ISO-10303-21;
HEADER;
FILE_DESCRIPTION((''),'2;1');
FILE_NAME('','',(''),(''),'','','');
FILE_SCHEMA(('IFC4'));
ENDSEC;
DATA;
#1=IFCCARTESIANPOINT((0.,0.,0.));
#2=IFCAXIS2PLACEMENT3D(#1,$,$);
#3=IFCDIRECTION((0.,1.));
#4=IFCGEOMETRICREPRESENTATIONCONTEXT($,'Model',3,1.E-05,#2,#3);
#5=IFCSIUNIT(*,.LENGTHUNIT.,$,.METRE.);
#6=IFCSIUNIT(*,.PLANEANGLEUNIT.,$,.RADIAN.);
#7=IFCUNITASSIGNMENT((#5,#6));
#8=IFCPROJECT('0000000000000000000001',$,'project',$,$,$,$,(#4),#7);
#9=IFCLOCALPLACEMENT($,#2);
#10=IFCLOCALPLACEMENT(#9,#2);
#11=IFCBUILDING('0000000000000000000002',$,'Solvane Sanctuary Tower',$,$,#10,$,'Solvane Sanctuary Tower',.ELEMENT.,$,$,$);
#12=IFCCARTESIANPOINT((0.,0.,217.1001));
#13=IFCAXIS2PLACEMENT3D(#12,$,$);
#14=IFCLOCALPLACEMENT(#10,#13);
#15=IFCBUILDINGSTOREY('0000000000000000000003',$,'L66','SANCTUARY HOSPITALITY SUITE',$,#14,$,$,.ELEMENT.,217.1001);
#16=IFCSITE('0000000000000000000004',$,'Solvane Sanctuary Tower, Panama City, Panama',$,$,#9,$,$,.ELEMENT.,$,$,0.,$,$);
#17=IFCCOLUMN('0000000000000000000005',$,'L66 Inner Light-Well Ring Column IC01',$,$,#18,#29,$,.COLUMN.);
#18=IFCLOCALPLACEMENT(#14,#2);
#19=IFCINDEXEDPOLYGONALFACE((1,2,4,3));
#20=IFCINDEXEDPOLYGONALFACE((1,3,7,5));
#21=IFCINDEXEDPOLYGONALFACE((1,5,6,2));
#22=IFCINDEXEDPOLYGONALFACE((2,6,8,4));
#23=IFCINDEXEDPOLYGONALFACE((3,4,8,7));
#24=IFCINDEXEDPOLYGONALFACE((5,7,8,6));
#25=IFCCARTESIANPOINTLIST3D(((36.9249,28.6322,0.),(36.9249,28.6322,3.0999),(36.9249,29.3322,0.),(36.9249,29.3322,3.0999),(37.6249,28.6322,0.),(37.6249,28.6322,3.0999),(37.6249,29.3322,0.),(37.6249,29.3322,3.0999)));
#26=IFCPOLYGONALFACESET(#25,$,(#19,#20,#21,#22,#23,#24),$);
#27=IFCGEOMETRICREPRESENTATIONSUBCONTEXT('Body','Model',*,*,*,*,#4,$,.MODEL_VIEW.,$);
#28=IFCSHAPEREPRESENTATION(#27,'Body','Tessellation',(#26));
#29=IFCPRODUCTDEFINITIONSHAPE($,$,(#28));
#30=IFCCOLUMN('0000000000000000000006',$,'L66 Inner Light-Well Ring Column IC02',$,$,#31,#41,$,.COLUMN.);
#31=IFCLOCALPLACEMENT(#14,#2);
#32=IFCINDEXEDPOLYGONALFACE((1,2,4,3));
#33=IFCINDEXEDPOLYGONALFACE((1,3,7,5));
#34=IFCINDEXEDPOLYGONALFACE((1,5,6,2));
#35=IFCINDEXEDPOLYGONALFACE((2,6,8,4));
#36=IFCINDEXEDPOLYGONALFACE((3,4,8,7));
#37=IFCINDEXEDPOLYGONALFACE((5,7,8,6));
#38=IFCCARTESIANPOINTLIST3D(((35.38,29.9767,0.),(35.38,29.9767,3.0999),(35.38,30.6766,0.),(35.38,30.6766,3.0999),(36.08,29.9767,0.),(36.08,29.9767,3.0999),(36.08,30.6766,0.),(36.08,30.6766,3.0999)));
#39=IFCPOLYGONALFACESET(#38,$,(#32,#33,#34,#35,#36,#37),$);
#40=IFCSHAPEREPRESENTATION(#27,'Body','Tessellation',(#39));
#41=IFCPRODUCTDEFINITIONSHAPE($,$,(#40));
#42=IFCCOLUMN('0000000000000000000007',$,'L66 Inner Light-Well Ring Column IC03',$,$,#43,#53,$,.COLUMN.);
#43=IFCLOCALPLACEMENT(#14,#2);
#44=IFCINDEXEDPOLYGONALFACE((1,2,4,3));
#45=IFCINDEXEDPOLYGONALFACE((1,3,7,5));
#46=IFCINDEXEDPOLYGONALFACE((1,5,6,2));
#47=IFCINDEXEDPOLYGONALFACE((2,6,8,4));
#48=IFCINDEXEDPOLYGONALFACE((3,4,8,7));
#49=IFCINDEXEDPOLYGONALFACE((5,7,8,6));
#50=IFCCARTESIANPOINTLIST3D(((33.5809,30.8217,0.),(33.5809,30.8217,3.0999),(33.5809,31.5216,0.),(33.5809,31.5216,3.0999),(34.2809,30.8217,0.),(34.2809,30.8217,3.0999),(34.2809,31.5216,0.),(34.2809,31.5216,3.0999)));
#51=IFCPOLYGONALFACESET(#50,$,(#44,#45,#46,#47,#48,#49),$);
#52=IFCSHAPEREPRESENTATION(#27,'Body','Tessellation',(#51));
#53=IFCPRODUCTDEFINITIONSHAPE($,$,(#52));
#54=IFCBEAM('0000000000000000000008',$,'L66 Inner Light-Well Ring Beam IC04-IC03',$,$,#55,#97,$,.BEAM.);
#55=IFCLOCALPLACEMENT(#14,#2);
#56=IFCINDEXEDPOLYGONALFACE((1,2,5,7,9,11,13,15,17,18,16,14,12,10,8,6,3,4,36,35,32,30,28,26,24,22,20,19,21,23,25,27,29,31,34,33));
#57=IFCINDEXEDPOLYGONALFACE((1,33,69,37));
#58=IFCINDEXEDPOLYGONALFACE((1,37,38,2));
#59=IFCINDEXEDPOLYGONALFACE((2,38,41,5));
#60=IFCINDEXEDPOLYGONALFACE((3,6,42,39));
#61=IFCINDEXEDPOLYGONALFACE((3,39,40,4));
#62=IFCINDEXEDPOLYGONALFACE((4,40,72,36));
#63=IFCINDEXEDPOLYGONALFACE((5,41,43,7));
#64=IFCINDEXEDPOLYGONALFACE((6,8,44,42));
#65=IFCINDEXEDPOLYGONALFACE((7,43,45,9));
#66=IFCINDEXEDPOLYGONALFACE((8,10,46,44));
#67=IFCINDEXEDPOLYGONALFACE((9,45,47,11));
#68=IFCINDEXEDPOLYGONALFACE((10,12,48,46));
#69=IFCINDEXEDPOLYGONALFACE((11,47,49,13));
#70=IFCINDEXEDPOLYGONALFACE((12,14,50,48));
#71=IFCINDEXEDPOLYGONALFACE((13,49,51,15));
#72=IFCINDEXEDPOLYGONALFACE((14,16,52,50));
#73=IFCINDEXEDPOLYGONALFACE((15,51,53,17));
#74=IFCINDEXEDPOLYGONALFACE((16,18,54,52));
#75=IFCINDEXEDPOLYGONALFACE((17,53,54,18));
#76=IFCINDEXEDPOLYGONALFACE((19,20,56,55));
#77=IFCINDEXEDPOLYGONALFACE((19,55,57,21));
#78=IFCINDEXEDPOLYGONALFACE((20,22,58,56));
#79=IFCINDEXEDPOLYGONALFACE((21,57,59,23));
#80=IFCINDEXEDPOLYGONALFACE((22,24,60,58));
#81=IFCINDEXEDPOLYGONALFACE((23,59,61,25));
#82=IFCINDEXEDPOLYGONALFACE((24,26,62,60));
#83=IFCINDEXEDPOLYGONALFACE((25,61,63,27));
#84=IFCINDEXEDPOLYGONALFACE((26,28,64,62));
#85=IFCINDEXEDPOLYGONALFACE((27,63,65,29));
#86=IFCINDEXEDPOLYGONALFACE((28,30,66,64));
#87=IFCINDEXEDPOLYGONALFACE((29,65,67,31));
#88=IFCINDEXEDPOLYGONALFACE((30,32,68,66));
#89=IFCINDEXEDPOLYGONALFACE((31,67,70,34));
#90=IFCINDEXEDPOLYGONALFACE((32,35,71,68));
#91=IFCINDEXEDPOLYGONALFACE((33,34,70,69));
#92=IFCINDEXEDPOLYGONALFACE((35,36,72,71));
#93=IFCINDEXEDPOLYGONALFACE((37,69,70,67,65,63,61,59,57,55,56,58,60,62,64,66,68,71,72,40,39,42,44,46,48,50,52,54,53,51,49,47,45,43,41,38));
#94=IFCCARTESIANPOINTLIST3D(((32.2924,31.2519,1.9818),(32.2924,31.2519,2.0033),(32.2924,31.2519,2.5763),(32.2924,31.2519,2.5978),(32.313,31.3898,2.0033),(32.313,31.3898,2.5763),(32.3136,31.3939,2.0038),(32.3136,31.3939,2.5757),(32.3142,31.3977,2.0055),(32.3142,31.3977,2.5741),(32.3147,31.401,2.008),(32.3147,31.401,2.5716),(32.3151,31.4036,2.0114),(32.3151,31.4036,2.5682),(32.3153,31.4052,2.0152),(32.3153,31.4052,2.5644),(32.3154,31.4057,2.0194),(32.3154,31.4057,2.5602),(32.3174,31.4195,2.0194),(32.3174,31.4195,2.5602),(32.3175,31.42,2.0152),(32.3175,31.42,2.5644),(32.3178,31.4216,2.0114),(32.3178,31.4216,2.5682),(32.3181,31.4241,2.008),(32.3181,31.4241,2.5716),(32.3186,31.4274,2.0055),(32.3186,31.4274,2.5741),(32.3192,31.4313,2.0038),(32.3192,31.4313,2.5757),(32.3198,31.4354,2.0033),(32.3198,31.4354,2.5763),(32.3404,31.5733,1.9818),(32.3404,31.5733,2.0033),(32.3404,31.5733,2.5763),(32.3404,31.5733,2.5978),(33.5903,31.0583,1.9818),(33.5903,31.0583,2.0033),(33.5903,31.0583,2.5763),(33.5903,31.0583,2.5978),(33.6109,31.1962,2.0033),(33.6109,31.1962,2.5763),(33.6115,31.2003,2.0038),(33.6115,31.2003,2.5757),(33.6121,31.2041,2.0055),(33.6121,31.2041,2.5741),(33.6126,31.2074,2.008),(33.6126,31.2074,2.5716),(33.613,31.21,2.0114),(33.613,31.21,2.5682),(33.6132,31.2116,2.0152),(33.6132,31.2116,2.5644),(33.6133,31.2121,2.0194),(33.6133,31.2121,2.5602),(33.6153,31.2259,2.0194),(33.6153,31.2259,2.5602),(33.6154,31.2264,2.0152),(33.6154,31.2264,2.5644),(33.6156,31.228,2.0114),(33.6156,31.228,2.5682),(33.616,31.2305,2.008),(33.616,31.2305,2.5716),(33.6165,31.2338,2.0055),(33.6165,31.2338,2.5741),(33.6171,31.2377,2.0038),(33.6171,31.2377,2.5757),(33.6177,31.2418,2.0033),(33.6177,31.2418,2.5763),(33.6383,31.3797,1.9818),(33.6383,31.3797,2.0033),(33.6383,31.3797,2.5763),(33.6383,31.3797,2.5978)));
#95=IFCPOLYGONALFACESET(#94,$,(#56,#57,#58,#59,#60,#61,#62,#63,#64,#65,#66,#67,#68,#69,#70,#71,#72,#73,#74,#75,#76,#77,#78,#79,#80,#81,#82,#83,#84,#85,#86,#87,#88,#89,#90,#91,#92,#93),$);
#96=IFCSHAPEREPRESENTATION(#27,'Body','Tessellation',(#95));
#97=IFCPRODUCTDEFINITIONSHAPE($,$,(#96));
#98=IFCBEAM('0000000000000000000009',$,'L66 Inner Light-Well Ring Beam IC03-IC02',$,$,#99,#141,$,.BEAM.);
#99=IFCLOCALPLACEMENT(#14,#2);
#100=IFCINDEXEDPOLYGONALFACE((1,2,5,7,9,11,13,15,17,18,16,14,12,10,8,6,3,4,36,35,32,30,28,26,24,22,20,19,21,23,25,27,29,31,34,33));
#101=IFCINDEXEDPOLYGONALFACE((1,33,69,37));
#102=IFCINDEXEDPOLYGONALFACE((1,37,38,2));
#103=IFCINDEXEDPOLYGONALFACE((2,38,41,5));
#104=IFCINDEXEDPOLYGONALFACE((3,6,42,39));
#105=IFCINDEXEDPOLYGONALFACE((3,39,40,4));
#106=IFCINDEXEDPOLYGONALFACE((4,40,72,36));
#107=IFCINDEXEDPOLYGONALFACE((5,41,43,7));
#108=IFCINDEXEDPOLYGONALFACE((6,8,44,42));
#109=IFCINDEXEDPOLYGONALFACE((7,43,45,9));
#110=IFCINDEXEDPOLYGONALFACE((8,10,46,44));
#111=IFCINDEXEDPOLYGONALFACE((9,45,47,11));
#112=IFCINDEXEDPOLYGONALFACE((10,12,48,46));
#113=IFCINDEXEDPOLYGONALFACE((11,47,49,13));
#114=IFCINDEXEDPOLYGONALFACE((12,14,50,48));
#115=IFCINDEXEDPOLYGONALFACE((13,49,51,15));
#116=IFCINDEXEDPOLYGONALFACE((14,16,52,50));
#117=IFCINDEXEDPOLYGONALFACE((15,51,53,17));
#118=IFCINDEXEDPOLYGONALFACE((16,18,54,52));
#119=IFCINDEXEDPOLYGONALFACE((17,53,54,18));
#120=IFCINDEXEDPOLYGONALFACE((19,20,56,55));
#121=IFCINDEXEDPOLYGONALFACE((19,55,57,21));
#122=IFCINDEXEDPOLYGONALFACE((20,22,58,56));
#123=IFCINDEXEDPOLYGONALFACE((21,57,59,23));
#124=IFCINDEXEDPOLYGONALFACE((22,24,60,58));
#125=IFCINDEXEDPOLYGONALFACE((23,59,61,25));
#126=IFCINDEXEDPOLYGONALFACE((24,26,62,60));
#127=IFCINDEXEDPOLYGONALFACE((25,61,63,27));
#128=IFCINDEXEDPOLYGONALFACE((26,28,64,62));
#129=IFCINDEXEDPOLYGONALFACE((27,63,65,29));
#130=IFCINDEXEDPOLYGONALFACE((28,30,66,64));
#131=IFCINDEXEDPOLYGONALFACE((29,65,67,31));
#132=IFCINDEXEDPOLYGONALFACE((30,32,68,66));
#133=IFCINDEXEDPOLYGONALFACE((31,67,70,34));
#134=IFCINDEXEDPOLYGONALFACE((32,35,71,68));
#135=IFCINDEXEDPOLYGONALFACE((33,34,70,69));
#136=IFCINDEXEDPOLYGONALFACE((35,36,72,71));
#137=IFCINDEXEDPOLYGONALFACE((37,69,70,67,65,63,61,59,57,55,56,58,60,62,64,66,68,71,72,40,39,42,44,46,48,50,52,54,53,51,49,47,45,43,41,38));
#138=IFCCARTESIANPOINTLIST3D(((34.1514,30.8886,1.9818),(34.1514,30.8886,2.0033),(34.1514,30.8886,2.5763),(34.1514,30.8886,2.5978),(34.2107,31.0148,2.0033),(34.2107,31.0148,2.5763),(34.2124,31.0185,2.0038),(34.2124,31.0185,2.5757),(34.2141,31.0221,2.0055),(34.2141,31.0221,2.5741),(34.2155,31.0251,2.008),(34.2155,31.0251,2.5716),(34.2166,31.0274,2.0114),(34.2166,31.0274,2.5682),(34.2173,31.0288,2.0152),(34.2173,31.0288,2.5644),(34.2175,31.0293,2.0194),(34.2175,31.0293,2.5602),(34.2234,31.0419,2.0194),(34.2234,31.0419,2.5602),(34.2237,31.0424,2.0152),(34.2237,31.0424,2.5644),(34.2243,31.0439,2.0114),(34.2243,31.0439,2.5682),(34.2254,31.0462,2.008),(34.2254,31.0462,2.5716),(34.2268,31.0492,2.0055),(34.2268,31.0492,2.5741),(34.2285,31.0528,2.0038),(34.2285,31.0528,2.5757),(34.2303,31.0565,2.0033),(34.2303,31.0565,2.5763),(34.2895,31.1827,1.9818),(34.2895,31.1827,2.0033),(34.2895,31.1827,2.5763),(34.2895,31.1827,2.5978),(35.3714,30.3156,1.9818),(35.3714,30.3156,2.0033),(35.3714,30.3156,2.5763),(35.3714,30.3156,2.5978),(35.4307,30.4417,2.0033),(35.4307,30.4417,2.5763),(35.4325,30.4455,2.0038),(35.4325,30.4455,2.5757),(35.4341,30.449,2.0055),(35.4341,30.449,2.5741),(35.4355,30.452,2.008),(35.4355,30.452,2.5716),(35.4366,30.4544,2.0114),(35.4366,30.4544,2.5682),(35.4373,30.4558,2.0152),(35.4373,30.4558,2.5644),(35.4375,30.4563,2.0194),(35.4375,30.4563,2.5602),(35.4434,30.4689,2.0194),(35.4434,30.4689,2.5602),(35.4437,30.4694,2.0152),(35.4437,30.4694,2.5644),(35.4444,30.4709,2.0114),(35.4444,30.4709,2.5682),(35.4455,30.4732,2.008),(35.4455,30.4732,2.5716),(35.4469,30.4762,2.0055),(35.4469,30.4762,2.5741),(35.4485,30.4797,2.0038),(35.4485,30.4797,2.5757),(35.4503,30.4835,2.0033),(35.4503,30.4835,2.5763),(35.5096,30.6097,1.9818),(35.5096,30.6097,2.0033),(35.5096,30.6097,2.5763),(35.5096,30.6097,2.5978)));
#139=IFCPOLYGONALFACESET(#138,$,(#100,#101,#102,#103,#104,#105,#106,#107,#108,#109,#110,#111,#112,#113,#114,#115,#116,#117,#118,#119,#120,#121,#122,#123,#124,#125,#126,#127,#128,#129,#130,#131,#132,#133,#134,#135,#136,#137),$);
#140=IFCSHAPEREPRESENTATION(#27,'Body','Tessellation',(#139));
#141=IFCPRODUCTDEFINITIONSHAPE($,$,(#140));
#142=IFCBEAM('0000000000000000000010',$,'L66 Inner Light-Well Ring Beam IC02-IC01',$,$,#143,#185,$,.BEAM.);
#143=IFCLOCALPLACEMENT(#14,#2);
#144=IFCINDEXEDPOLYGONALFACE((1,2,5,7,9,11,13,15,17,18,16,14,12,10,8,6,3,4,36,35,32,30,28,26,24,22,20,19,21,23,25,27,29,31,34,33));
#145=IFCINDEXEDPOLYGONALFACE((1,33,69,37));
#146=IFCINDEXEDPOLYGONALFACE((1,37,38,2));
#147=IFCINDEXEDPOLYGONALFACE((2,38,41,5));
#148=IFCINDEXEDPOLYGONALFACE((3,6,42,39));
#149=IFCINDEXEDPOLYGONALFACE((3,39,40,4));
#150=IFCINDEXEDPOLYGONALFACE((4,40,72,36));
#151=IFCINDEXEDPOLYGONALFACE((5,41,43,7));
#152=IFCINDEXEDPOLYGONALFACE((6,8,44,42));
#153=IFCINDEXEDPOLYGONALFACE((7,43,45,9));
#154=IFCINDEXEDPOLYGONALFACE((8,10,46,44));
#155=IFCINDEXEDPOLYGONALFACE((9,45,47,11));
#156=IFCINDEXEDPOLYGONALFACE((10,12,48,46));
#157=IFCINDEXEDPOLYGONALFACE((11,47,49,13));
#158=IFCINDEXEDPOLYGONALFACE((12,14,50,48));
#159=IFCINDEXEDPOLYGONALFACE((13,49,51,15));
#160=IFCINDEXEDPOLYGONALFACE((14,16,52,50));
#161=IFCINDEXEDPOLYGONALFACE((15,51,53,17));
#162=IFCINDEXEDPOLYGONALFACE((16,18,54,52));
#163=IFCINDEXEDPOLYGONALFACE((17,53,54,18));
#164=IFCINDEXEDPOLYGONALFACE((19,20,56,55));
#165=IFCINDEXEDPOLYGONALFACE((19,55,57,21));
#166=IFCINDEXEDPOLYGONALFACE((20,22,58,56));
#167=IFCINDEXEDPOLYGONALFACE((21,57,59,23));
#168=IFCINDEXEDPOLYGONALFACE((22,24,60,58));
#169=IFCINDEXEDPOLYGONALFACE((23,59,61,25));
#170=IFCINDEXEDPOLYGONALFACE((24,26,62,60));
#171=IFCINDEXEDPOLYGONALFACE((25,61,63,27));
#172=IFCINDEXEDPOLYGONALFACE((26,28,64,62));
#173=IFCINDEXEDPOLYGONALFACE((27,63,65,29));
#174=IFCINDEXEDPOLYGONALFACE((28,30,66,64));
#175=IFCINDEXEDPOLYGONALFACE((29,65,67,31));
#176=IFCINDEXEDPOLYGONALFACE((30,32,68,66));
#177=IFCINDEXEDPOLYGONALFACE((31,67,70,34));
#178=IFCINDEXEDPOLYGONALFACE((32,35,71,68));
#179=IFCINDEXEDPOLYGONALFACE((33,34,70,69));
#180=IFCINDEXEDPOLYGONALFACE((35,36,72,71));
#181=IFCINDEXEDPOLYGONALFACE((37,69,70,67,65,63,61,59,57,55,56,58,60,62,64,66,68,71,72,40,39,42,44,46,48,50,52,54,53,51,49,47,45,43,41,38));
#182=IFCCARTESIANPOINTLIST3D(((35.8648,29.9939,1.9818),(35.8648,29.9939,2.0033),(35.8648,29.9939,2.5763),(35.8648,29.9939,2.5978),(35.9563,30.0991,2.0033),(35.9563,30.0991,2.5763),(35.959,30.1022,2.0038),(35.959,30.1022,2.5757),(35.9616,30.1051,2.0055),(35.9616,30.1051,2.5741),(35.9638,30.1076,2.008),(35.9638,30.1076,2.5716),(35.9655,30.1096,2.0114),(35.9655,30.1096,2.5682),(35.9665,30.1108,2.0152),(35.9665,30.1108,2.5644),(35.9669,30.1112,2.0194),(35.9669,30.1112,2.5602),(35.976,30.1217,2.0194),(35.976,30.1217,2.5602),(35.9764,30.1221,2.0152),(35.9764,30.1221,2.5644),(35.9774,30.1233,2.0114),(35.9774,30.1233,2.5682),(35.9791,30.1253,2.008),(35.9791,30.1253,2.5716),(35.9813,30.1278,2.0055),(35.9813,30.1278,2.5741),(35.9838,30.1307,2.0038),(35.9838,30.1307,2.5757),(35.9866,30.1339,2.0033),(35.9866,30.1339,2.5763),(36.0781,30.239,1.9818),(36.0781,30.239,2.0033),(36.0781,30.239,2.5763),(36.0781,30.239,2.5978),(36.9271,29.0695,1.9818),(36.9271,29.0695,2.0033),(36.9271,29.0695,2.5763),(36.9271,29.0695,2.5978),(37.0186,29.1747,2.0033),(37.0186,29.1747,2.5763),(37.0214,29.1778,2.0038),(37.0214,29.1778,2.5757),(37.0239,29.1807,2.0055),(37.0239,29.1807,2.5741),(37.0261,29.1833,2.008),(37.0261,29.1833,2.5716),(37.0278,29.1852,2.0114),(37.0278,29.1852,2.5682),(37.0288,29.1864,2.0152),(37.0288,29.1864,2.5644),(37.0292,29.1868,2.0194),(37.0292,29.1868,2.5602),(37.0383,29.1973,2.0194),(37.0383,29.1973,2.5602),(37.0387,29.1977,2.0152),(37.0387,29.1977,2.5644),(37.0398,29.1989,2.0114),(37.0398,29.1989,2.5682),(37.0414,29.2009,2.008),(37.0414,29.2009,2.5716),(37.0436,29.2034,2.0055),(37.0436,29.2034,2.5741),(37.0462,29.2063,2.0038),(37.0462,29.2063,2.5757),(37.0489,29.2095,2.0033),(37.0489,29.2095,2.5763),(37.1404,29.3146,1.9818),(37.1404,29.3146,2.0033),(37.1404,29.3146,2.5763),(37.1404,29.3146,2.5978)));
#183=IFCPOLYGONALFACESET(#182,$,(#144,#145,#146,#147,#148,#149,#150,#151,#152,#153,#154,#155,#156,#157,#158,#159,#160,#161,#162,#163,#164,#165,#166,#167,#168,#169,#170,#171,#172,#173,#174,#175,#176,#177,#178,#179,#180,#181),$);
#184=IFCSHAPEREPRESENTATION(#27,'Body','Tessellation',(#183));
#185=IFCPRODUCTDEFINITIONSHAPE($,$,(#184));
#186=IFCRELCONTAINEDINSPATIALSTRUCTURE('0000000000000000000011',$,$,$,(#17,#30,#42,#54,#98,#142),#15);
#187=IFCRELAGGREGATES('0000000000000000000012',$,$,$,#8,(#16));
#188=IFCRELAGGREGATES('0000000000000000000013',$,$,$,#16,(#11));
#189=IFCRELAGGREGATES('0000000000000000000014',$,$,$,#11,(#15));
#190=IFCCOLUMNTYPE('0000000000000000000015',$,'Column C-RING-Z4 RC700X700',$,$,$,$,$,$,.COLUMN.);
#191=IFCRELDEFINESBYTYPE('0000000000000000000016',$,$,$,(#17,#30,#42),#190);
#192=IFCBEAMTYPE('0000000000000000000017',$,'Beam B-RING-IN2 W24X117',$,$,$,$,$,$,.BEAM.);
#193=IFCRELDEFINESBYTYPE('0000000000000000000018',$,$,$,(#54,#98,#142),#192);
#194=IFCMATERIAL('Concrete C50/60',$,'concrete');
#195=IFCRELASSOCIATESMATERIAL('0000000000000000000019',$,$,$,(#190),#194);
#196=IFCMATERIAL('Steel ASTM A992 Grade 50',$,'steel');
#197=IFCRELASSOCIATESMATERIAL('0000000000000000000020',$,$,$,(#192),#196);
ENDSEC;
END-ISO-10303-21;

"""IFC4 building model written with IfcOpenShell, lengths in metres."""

from ifc_helpers import new_model, si_unit, direction, frame, origin, origin_2d, place, context, subcontext, project, spatial, rectangle, i_section, extrude, material, material_profile, profile_set, type_object, element, save


model = new_model("IFC4")

# Units and contexts
model_context = context("Model", 3, precision=1e-05, world=origin(), true_north=direction((0.0, 1.0)))
body_context = subcontext(model_context, "Body", "Model", "MODEL_VIEW")
ifc_project = project(units=[si_unit("LENGTHUNIT", "METRE"), si_unit("PLANEANGLEUNIT", "RADIAN")], contexts=[model_context])

# Site, building, storey
site_placement = place(None, origin())
site = spatial("IfcSite", under=ifc_project, at=site_placement, Name="Solvane Sanctuary Tower, Panama City, Panama", CompositionType="ELEMENT", RefElevation=0.0)
building_placement = place(site_placement, origin())
building = spatial("IfcBuilding", under=site, at=building_placement, Name="Solvane Sanctuary Tower", LongName="Solvane Sanctuary Tower", CompositionType="ELEMENT")
storey_placement = place(building_placement, frame((0.0, 0.0, 217.1001)))
storey = spatial("IfcBuildingStorey", under=building, at=storey_placement, Name="L66", Description="SANCTUARY HOSPITALITY SUITE", CompositionType="ELEMENT", Elevation=217.1001)

# Columns
ifc_material_1 = material(Name="Concrete C50/60", Category="concrete")
ifc_material_profile_1 = material_profile(ifc_material_1, rectangle(XDim=0.7, YDim=0.7, at=origin_2d()), Name="RC700X700")
ifc_profile_set_1 = profile_set([ifc_material_profile_1], Name="Concrete C50/60")
column_type = type_object("IfcColumnType", Name="Column C-RING-Z4 RC700X700", PredefinedType="COLUMN", material=ifc_profile_set_1)
for number, where, z_axis, x_axis, name in (
    (1, (37.2749, 28.9822, 0.0), (0.0, 0.0, 1.0), (1.0, 0.0, 0.0), "L66 Inner Light-Well Ring Column IC01"),
    (2, (35.73, 30.3267, 0.0), (0.0, 0.0, 1.0), (1.0, 0.0, 0.0), "L66 Inner Light-Well Ring Column IC02"),
    (3, (33.9309, 31.1716, 0.0), (0.0, 0.0, 1.0), (1.0, 0.0, 0.0), "L66 Inner Light-Well Ring Column IC03"),
):
    element("IfcColumn", number, at=place(storey_placement, frame(where, z_axis=z_axis, x_axis=x_axis)), inside=storey, type_object=column_type, Name=name, PredefinedType="COLUMN", context=body_context, shape_type="SweptSolid", body=[
        extrude(rectangle(XDim=0.7, YDim=0.7, at=origin_2d()), origin(), (0.0, 0.0, 1.0), 3.0999),
    ])

# Beams
ifc_material_2 = material(Name="Steel ASTM A992 Grade 50", Category="steel")
ifc_material_profile_2 = material_profile(ifc_material_2, i_section(OverallWidth=0.325, OverallDepth=0.616, WebThickness=0.0139, FlangeThickness=0.0215, FilletRadius=0.0161, at=origin_2d()), Name="W24X117")
ifc_profile_set_2 = profile_set([ifc_material_profile_2], Name="Steel ASTM A992 Grade 50")
beam_type_1 = type_object("IfcBeamType", Name="Beam B-RING-IN2 W24X117", PredefinedType="BEAM", material=ifc_profile_set_2)
beam_1_placement = place(storey_placement, frame((32.3164, 31.4126, 2.2898), z_axis=(0.989056, -0.14754, 0.0), x_axis=(0.14754, 0.989056, 0.0)))
element("IfcBeam", 4, at=beam_1_placement, inside=storey, type_object=beam_type_1, Name="L66 Inner Light-Well Ring Beam IC04-IC03", PredefinedType="BEAM", context=body_context, shape_type="SweptSolid", body=[
    extrude(i_section(OverallWidth=0.325, OverallDepth=0.616, WebThickness=0.0139, FlangeThickness=0.0215, FilletRadius=0.0161, at=origin_2d()), origin(), (0.0, 0.0, 1.0), 1.3123),
])
beam_2_placement = place(storey_placement, frame((34.2205, 31.0356, 2.2898), z_axis=(0.905135, -0.425125, 0.0), x_axis=(0.425125, 0.905135, 0.0)))
element("IfcBeam", 5, at=beam_2_placement, inside=storey, type_object=beam_type_1, Name="L66 Inner Light-Well Ring Beam IC03-IC02", PredefinedType="BEAM", context=body_context, shape_type="SweptSolid", body=[
    extrude(i_section(OverallWidth=0.325, OverallDepth=0.616, WebThickness=0.0139, FlangeThickness=0.0215, FilletRadius=0.0161, at=origin_2d()), origin(), (0.0, 0.0, 1.0), 1.3479),
])
beam_3_placement = place(storey_placement, frame((35.9714, 30.1165, 2.2898), z_axis=(0.754389, -0.656428, 0.0), x_axis=(0.656428, 0.754389, 0.0)))
element("IfcBeam", 6, at=beam_3_placement, inside=storey, type_object=beam_type_1, Name="L66 Inner Light-Well Ring Beam IC02-IC01", PredefinedType="BEAM", context=body_context, shape_type="SweptSolid", body=[
    extrude(i_section(OverallWidth=0.325, OverallDepth=0.616, WebThickness=0.0139, FlangeThickness=0.0215, FilletRadius=0.0161, at=origin_2d()), origin(), (0.0, 0.0, 1.0), 1.4082),
])

save(model, "model.ifc")
